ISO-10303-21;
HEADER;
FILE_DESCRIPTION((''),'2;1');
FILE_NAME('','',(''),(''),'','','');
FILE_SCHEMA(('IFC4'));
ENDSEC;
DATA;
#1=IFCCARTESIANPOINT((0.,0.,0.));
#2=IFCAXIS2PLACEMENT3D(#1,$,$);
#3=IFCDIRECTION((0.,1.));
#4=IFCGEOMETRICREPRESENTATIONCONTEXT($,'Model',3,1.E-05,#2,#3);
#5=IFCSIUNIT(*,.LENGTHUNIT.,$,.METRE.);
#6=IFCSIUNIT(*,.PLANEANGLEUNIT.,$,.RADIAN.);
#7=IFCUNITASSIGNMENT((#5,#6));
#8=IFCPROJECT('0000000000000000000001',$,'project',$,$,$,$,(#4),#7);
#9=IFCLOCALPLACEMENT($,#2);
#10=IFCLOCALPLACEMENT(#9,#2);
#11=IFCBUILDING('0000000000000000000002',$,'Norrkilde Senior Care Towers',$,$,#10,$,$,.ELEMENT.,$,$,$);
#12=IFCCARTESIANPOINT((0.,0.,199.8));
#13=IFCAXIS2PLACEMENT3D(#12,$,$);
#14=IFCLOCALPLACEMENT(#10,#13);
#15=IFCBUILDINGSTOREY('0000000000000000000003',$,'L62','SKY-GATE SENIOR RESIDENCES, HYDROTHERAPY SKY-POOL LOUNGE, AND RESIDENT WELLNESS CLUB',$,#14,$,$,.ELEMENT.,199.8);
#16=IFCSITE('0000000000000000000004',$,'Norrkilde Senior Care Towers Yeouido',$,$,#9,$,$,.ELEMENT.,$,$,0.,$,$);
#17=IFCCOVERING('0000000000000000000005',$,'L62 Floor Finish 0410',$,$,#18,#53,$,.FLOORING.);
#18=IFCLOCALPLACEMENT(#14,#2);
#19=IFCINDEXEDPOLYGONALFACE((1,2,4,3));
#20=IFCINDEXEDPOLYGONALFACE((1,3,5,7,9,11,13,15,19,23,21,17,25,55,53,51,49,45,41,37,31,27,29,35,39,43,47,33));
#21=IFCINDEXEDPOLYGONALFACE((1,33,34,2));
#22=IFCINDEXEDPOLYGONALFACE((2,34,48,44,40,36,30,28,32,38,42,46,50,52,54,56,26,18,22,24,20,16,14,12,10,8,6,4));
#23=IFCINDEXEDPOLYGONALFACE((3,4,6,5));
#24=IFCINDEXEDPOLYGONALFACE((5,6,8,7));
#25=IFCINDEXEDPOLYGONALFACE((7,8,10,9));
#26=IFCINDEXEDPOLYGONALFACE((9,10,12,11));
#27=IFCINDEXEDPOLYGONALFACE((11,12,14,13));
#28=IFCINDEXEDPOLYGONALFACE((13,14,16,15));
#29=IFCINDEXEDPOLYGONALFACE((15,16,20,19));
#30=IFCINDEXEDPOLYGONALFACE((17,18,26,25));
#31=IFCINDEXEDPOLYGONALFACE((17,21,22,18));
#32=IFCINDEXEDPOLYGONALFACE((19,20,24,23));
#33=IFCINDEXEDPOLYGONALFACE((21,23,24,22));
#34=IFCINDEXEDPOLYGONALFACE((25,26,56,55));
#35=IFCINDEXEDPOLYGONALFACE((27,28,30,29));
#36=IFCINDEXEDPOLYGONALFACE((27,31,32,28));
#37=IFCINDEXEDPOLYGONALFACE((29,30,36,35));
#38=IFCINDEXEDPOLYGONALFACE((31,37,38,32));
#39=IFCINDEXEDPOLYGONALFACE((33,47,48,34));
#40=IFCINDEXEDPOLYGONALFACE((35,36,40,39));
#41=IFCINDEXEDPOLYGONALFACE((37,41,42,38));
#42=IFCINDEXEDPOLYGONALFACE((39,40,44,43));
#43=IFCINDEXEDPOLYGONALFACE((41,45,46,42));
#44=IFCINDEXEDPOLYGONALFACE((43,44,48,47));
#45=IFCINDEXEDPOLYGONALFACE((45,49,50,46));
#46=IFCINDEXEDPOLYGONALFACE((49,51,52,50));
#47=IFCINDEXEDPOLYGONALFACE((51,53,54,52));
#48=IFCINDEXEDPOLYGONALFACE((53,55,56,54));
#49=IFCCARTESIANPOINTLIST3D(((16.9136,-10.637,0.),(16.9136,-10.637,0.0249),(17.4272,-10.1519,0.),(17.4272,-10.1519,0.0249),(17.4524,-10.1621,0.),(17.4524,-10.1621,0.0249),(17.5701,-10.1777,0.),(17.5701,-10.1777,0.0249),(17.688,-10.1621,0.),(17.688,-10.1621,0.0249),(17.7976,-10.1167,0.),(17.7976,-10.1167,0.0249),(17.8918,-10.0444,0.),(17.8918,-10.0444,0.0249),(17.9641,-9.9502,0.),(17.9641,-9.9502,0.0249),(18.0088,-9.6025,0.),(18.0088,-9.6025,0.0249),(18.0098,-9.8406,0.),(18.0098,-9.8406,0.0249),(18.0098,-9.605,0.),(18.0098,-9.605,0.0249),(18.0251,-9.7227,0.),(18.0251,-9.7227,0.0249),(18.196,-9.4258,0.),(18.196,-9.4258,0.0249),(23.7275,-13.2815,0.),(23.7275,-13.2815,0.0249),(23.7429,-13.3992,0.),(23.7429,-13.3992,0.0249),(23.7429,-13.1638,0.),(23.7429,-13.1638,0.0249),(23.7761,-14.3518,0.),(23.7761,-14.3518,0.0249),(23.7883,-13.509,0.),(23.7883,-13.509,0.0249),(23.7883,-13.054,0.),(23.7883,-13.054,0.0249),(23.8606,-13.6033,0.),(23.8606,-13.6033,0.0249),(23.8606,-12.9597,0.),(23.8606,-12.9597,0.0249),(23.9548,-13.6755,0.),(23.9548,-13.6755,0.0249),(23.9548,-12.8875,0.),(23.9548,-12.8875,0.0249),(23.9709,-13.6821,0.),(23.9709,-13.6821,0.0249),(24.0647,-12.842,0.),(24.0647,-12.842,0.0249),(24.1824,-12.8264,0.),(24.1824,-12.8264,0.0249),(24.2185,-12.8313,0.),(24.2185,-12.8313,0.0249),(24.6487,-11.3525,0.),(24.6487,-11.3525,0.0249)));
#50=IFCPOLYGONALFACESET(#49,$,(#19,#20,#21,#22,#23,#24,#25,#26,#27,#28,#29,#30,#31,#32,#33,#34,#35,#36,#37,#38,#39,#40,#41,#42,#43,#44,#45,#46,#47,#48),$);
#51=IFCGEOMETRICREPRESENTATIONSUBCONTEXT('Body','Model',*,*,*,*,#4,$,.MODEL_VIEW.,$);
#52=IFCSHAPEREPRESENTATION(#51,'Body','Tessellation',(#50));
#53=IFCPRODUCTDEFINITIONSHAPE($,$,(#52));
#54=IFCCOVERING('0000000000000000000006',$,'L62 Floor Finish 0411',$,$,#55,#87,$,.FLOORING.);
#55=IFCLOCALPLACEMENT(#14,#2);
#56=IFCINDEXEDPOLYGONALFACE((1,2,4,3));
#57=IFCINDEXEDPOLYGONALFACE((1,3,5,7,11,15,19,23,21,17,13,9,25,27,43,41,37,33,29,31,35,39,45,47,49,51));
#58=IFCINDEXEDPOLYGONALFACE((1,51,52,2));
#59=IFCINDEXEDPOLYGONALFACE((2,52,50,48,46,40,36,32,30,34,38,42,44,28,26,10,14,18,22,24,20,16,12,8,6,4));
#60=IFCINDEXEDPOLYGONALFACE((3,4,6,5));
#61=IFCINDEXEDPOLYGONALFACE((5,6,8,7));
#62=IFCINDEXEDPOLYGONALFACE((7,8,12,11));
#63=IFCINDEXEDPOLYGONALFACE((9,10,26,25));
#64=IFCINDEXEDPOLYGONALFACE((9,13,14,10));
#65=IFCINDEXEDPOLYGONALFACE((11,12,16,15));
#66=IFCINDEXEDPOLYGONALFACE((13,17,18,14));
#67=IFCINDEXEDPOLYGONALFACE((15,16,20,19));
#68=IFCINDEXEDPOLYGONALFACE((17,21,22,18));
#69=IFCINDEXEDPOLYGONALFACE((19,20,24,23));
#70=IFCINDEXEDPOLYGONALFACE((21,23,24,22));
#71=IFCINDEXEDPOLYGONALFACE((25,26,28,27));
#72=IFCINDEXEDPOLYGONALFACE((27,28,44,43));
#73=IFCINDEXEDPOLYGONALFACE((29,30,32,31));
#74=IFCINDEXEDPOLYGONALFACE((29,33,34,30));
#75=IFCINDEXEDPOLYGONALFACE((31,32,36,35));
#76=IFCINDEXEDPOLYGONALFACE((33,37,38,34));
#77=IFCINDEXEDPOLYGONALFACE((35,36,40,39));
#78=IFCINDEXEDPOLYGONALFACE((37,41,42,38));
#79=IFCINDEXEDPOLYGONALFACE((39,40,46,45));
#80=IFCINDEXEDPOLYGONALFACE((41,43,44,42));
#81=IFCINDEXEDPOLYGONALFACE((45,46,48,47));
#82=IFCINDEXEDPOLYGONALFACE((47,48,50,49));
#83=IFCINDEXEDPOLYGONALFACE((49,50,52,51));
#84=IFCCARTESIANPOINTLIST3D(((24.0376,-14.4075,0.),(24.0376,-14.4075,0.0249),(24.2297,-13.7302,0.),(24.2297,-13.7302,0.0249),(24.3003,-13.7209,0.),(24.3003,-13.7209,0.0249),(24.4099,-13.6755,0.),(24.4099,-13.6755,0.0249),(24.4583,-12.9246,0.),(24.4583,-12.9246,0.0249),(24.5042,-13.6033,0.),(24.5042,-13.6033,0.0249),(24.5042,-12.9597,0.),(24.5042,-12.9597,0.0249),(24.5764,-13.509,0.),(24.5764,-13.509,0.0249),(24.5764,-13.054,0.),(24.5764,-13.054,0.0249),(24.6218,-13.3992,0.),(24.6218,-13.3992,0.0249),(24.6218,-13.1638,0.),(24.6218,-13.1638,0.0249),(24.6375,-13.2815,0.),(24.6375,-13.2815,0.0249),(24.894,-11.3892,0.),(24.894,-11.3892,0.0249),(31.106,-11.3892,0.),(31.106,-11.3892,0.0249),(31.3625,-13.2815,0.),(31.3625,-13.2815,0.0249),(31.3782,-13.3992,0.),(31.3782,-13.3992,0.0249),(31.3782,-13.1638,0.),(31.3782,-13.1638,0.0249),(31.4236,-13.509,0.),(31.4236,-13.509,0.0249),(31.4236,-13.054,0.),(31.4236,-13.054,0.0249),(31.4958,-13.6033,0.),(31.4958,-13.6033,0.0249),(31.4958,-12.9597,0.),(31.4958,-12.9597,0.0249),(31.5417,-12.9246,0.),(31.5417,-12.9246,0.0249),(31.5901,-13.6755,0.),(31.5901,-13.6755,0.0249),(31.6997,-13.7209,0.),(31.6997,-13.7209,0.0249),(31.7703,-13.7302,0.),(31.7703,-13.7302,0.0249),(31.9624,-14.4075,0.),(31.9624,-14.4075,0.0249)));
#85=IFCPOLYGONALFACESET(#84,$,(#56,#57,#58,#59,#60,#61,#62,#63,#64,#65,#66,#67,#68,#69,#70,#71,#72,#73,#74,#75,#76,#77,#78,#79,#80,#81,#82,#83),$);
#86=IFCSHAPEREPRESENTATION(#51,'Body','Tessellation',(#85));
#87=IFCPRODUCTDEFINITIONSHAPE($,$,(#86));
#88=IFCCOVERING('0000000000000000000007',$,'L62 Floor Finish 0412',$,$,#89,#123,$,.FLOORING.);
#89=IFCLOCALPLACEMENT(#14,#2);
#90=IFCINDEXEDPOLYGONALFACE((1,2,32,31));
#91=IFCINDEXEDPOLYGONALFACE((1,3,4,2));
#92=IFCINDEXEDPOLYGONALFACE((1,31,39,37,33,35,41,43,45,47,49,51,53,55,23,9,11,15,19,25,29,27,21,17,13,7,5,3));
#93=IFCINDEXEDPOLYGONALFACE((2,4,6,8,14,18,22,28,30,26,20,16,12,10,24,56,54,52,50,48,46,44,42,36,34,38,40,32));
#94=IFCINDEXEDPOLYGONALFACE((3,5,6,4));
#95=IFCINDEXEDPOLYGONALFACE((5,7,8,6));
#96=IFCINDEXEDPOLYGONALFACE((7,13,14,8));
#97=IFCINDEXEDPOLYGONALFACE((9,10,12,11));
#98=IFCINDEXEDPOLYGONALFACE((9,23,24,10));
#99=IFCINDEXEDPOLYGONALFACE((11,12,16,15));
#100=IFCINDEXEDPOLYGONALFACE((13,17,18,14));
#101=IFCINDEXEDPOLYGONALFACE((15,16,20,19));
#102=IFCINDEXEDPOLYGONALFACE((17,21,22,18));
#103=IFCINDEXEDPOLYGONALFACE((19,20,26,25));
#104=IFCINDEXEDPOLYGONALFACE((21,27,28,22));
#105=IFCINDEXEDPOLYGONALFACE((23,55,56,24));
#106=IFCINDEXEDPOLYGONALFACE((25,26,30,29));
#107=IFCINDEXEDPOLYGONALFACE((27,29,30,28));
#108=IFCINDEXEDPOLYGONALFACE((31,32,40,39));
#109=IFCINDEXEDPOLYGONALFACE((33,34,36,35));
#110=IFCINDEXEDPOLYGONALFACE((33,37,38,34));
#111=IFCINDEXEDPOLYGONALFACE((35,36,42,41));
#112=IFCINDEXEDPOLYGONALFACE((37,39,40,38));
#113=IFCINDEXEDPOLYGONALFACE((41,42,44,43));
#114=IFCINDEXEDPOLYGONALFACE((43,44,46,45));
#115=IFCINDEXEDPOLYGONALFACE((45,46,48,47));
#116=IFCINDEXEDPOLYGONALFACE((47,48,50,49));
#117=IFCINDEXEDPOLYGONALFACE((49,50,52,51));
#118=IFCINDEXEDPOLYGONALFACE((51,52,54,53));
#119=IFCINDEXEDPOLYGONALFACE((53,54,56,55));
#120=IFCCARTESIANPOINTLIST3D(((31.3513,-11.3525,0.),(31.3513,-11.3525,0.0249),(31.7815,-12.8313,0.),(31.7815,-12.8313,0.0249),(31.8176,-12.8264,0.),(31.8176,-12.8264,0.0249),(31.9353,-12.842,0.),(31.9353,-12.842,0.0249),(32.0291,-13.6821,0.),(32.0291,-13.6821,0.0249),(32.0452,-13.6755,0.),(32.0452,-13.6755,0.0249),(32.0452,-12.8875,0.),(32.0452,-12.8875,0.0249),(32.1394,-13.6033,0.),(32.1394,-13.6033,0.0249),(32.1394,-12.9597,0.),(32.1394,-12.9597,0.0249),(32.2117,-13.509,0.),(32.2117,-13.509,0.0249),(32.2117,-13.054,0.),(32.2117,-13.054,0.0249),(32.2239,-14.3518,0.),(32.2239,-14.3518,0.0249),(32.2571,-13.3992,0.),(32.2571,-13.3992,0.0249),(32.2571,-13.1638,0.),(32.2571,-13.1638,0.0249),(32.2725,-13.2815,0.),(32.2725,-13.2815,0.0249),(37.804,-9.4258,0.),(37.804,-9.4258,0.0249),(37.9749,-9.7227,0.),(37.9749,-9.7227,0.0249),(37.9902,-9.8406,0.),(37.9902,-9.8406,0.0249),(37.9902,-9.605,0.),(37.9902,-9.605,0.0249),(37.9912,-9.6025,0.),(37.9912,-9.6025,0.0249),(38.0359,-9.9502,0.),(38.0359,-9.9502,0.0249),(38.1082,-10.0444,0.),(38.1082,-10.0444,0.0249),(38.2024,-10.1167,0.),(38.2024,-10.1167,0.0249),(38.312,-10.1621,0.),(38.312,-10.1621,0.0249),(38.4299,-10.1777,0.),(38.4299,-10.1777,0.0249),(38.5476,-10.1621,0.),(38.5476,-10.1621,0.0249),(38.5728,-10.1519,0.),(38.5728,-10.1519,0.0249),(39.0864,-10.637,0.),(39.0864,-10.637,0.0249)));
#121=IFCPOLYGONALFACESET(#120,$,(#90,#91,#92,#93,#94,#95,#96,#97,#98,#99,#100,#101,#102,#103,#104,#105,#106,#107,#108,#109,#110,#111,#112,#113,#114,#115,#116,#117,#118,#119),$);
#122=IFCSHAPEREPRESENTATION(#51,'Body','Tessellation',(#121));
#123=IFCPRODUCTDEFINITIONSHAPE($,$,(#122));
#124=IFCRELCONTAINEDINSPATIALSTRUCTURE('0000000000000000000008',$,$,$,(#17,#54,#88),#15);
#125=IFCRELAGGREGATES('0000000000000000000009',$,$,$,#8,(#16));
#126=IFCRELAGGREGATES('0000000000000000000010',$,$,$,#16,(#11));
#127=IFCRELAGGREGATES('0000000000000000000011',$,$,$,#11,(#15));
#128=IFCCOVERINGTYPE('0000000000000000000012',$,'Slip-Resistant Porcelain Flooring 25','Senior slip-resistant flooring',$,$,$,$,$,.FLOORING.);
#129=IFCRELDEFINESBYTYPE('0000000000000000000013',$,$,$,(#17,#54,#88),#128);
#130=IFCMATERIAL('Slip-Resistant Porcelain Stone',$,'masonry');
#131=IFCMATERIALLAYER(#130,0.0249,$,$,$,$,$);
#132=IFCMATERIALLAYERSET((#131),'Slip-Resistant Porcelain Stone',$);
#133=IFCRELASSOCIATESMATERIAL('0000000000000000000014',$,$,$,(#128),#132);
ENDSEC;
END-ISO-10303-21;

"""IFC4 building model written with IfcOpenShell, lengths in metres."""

from ifc_helpers import new_model, si_unit, direction, frame, origin, place, context, subcontext, project, spatial, polyline, outline, extrude, material, layer, layer_set, type_object, element, save


model = new_model("IFC4")

# Units and contexts
model_context = context("Model", 3, precision=1e-05, world=origin(), true_north=direction((0.0, 1.0)))
body_context = subcontext(model_context, "Body", "Model", "MODEL_VIEW")
ifc_project = project(units=[si_unit("LENGTHUNIT", "METRE"), si_unit("PLANEANGLEUNIT", "RADIAN")], contexts=[model_context])

# Site, building, storey
site_placement = place(None, origin())
site = spatial("IfcSite", under=ifc_project, at=site_placement, Name="Norrkilde Senior Care Towers Yeouido", CompositionType="ELEMENT", RefElevation=0.0)
building_placement = place(site_placement, origin())
building = spatial("IfcBuilding", under=site, at=building_placement, Name="Norrkilde Senior Care Towers", CompositionType="ELEMENT")
storey_placement = place(building_placement, frame((0.0, 0.0, 199.8)))
storey = spatial("IfcBuildingStorey", under=building, at=storey_placement, Name="L62", Description="SKY-GATE SENIOR RESIDENCES, HYDROTHERAPY SKY-POOL LOUNGE, AND RESIDENT WELLNESS CLUB", CompositionType="ELEMENT", Elevation=199.8)

# Coverings
ifc_material_1 = material(Name="Slip-Resistant Porcelain Stone", Category="masonry")
ifc_layer_1 = layer(ifc_material_1, 0.0249)
ifc_layer_set_1 = layer_set([ifc_layer_1], Name="Slip-Resistant Porcelain Stone")
covering_type_1 = type_object("IfcCoveringType", Name="Slip-Resistant Porcelain Flooring 25", Description="Senior slip-resistant flooring", PredefinedType="FLOORING", material=ifc_layer_set_1)
covering_1_placement = place(storey_placement, origin())
element("IfcCovering", 1, at=covering_1_placement, inside=storey, type_object=covering_type_1, Name="L62 Floor Finish 0410", PredefinedType="FLOORING", context=body_context, shape_type="SweptSolid", body=[
    extrude(outline(polyline([(17.4524, -10.1621), (17.5701, -10.1777), (17.688, -10.1621), (17.7976, -10.1167), (17.8918, -10.0444), (17.9641, -9.9502), (18.0098, -9.8406), (18.0251, -9.7227), (18.0098, -9.605), (18.0088, -9.6025), (18.196, -9.4258), (24.6487, -11.3525), (24.2185, -12.8313), (24.1824, -12.8264), (24.0647, -12.842), (23.9548, -12.8875), (23.8606, -12.9597), (23.7883, -13.054), (23.7429, -13.1638), (23.7275, -13.2815), (23.7429, -13.3992), (23.7883, -13.509), (23.8606, -13.6033), (23.9548, -13.6755), (23.9709, -13.6821), (23.7761, -14.3518), (16.9136, -10.637), (17.4272, -10.1519), (17.4524, -10.1621)])), origin(), (0.0, 0.0, 1.0), 0.0249),
])
covering_2_placement = place(storey_placement, origin())
element("IfcCovering", 2, at=covering_2_placement, inside=storey, type_object=covering_type_1, Name="L62 Floor Finish 0411", PredefinedType="FLOORING", context=body_context, shape_type="SweptSolid", body=[
    extrude(outline(polyline([(24.2297, -13.7302), (24.3003, -13.7209), (24.4099, -13.6755), (24.5042, -13.6033), (24.5764, -13.509), (24.6218, -13.3992), (24.6375, -13.2815), (24.6218, -13.1638), (24.5764, -13.054), (24.5042, -12.9597), (24.4583, -12.9246), (24.894, -11.3892), (31.106, -11.3892), (31.5417, -12.9246), (31.4958, -12.9597), (31.4236, -13.054), (31.3782, -13.1638), (31.3625, -13.2815), (31.3782, -13.3992), (31.4236, -13.509), (31.4958, -13.6033), (31.5901, -13.6755), (31.6997, -13.7209), (31.7703, -13.7302), (31.9624, -14.4075), (24.0376, -14.4075), (24.2297, -13.7302)])), origin(), (0.0, 0.0, 1.0), 0.0249),
])
covering_3_placement = place(storey_placement, origin())
element("IfcCovering", 3, at=covering_3_placement, inside=storey, type_object=covering_type_1, Name="L62 Floor Finish 0412", PredefinedType="FLOORING", context=body_context, shape_type="SweptSolid", body=[
    extrude(outline(polyline([(32.2239, -14.3518), (32.0291, -13.6821), (32.0452, -13.6755), (32.1394, -13.6033), (32.2117, -13.509), (32.2571, -13.3992), (32.2725, -13.2815), (32.2571, -13.1638), (32.2117, -13.054), (32.1394, -12.9597), (32.0452, -12.8875), (31.9353, -12.842), (31.8176, -12.8264), (31.7815, -12.8313), (31.3513, -11.3525), (37.804, -9.4258), (37.9912, -9.6025), (37.9902, -9.605), (37.9749, -9.7227), (37.9902, -9.8406), (38.0359, -9.9502), (38.1082, -10.0444), (38.2024, -10.1167), (38.312, -10.1621), (38.4299, -10.1777), (38.5476, -10.1621), (38.5728, -10.1519), (39.0864, -10.637), (32.2239, -14.3518)])), origin(), (0.0, 0.0, 1.0), 0.0249),
])

save(model, "model.ifc")
